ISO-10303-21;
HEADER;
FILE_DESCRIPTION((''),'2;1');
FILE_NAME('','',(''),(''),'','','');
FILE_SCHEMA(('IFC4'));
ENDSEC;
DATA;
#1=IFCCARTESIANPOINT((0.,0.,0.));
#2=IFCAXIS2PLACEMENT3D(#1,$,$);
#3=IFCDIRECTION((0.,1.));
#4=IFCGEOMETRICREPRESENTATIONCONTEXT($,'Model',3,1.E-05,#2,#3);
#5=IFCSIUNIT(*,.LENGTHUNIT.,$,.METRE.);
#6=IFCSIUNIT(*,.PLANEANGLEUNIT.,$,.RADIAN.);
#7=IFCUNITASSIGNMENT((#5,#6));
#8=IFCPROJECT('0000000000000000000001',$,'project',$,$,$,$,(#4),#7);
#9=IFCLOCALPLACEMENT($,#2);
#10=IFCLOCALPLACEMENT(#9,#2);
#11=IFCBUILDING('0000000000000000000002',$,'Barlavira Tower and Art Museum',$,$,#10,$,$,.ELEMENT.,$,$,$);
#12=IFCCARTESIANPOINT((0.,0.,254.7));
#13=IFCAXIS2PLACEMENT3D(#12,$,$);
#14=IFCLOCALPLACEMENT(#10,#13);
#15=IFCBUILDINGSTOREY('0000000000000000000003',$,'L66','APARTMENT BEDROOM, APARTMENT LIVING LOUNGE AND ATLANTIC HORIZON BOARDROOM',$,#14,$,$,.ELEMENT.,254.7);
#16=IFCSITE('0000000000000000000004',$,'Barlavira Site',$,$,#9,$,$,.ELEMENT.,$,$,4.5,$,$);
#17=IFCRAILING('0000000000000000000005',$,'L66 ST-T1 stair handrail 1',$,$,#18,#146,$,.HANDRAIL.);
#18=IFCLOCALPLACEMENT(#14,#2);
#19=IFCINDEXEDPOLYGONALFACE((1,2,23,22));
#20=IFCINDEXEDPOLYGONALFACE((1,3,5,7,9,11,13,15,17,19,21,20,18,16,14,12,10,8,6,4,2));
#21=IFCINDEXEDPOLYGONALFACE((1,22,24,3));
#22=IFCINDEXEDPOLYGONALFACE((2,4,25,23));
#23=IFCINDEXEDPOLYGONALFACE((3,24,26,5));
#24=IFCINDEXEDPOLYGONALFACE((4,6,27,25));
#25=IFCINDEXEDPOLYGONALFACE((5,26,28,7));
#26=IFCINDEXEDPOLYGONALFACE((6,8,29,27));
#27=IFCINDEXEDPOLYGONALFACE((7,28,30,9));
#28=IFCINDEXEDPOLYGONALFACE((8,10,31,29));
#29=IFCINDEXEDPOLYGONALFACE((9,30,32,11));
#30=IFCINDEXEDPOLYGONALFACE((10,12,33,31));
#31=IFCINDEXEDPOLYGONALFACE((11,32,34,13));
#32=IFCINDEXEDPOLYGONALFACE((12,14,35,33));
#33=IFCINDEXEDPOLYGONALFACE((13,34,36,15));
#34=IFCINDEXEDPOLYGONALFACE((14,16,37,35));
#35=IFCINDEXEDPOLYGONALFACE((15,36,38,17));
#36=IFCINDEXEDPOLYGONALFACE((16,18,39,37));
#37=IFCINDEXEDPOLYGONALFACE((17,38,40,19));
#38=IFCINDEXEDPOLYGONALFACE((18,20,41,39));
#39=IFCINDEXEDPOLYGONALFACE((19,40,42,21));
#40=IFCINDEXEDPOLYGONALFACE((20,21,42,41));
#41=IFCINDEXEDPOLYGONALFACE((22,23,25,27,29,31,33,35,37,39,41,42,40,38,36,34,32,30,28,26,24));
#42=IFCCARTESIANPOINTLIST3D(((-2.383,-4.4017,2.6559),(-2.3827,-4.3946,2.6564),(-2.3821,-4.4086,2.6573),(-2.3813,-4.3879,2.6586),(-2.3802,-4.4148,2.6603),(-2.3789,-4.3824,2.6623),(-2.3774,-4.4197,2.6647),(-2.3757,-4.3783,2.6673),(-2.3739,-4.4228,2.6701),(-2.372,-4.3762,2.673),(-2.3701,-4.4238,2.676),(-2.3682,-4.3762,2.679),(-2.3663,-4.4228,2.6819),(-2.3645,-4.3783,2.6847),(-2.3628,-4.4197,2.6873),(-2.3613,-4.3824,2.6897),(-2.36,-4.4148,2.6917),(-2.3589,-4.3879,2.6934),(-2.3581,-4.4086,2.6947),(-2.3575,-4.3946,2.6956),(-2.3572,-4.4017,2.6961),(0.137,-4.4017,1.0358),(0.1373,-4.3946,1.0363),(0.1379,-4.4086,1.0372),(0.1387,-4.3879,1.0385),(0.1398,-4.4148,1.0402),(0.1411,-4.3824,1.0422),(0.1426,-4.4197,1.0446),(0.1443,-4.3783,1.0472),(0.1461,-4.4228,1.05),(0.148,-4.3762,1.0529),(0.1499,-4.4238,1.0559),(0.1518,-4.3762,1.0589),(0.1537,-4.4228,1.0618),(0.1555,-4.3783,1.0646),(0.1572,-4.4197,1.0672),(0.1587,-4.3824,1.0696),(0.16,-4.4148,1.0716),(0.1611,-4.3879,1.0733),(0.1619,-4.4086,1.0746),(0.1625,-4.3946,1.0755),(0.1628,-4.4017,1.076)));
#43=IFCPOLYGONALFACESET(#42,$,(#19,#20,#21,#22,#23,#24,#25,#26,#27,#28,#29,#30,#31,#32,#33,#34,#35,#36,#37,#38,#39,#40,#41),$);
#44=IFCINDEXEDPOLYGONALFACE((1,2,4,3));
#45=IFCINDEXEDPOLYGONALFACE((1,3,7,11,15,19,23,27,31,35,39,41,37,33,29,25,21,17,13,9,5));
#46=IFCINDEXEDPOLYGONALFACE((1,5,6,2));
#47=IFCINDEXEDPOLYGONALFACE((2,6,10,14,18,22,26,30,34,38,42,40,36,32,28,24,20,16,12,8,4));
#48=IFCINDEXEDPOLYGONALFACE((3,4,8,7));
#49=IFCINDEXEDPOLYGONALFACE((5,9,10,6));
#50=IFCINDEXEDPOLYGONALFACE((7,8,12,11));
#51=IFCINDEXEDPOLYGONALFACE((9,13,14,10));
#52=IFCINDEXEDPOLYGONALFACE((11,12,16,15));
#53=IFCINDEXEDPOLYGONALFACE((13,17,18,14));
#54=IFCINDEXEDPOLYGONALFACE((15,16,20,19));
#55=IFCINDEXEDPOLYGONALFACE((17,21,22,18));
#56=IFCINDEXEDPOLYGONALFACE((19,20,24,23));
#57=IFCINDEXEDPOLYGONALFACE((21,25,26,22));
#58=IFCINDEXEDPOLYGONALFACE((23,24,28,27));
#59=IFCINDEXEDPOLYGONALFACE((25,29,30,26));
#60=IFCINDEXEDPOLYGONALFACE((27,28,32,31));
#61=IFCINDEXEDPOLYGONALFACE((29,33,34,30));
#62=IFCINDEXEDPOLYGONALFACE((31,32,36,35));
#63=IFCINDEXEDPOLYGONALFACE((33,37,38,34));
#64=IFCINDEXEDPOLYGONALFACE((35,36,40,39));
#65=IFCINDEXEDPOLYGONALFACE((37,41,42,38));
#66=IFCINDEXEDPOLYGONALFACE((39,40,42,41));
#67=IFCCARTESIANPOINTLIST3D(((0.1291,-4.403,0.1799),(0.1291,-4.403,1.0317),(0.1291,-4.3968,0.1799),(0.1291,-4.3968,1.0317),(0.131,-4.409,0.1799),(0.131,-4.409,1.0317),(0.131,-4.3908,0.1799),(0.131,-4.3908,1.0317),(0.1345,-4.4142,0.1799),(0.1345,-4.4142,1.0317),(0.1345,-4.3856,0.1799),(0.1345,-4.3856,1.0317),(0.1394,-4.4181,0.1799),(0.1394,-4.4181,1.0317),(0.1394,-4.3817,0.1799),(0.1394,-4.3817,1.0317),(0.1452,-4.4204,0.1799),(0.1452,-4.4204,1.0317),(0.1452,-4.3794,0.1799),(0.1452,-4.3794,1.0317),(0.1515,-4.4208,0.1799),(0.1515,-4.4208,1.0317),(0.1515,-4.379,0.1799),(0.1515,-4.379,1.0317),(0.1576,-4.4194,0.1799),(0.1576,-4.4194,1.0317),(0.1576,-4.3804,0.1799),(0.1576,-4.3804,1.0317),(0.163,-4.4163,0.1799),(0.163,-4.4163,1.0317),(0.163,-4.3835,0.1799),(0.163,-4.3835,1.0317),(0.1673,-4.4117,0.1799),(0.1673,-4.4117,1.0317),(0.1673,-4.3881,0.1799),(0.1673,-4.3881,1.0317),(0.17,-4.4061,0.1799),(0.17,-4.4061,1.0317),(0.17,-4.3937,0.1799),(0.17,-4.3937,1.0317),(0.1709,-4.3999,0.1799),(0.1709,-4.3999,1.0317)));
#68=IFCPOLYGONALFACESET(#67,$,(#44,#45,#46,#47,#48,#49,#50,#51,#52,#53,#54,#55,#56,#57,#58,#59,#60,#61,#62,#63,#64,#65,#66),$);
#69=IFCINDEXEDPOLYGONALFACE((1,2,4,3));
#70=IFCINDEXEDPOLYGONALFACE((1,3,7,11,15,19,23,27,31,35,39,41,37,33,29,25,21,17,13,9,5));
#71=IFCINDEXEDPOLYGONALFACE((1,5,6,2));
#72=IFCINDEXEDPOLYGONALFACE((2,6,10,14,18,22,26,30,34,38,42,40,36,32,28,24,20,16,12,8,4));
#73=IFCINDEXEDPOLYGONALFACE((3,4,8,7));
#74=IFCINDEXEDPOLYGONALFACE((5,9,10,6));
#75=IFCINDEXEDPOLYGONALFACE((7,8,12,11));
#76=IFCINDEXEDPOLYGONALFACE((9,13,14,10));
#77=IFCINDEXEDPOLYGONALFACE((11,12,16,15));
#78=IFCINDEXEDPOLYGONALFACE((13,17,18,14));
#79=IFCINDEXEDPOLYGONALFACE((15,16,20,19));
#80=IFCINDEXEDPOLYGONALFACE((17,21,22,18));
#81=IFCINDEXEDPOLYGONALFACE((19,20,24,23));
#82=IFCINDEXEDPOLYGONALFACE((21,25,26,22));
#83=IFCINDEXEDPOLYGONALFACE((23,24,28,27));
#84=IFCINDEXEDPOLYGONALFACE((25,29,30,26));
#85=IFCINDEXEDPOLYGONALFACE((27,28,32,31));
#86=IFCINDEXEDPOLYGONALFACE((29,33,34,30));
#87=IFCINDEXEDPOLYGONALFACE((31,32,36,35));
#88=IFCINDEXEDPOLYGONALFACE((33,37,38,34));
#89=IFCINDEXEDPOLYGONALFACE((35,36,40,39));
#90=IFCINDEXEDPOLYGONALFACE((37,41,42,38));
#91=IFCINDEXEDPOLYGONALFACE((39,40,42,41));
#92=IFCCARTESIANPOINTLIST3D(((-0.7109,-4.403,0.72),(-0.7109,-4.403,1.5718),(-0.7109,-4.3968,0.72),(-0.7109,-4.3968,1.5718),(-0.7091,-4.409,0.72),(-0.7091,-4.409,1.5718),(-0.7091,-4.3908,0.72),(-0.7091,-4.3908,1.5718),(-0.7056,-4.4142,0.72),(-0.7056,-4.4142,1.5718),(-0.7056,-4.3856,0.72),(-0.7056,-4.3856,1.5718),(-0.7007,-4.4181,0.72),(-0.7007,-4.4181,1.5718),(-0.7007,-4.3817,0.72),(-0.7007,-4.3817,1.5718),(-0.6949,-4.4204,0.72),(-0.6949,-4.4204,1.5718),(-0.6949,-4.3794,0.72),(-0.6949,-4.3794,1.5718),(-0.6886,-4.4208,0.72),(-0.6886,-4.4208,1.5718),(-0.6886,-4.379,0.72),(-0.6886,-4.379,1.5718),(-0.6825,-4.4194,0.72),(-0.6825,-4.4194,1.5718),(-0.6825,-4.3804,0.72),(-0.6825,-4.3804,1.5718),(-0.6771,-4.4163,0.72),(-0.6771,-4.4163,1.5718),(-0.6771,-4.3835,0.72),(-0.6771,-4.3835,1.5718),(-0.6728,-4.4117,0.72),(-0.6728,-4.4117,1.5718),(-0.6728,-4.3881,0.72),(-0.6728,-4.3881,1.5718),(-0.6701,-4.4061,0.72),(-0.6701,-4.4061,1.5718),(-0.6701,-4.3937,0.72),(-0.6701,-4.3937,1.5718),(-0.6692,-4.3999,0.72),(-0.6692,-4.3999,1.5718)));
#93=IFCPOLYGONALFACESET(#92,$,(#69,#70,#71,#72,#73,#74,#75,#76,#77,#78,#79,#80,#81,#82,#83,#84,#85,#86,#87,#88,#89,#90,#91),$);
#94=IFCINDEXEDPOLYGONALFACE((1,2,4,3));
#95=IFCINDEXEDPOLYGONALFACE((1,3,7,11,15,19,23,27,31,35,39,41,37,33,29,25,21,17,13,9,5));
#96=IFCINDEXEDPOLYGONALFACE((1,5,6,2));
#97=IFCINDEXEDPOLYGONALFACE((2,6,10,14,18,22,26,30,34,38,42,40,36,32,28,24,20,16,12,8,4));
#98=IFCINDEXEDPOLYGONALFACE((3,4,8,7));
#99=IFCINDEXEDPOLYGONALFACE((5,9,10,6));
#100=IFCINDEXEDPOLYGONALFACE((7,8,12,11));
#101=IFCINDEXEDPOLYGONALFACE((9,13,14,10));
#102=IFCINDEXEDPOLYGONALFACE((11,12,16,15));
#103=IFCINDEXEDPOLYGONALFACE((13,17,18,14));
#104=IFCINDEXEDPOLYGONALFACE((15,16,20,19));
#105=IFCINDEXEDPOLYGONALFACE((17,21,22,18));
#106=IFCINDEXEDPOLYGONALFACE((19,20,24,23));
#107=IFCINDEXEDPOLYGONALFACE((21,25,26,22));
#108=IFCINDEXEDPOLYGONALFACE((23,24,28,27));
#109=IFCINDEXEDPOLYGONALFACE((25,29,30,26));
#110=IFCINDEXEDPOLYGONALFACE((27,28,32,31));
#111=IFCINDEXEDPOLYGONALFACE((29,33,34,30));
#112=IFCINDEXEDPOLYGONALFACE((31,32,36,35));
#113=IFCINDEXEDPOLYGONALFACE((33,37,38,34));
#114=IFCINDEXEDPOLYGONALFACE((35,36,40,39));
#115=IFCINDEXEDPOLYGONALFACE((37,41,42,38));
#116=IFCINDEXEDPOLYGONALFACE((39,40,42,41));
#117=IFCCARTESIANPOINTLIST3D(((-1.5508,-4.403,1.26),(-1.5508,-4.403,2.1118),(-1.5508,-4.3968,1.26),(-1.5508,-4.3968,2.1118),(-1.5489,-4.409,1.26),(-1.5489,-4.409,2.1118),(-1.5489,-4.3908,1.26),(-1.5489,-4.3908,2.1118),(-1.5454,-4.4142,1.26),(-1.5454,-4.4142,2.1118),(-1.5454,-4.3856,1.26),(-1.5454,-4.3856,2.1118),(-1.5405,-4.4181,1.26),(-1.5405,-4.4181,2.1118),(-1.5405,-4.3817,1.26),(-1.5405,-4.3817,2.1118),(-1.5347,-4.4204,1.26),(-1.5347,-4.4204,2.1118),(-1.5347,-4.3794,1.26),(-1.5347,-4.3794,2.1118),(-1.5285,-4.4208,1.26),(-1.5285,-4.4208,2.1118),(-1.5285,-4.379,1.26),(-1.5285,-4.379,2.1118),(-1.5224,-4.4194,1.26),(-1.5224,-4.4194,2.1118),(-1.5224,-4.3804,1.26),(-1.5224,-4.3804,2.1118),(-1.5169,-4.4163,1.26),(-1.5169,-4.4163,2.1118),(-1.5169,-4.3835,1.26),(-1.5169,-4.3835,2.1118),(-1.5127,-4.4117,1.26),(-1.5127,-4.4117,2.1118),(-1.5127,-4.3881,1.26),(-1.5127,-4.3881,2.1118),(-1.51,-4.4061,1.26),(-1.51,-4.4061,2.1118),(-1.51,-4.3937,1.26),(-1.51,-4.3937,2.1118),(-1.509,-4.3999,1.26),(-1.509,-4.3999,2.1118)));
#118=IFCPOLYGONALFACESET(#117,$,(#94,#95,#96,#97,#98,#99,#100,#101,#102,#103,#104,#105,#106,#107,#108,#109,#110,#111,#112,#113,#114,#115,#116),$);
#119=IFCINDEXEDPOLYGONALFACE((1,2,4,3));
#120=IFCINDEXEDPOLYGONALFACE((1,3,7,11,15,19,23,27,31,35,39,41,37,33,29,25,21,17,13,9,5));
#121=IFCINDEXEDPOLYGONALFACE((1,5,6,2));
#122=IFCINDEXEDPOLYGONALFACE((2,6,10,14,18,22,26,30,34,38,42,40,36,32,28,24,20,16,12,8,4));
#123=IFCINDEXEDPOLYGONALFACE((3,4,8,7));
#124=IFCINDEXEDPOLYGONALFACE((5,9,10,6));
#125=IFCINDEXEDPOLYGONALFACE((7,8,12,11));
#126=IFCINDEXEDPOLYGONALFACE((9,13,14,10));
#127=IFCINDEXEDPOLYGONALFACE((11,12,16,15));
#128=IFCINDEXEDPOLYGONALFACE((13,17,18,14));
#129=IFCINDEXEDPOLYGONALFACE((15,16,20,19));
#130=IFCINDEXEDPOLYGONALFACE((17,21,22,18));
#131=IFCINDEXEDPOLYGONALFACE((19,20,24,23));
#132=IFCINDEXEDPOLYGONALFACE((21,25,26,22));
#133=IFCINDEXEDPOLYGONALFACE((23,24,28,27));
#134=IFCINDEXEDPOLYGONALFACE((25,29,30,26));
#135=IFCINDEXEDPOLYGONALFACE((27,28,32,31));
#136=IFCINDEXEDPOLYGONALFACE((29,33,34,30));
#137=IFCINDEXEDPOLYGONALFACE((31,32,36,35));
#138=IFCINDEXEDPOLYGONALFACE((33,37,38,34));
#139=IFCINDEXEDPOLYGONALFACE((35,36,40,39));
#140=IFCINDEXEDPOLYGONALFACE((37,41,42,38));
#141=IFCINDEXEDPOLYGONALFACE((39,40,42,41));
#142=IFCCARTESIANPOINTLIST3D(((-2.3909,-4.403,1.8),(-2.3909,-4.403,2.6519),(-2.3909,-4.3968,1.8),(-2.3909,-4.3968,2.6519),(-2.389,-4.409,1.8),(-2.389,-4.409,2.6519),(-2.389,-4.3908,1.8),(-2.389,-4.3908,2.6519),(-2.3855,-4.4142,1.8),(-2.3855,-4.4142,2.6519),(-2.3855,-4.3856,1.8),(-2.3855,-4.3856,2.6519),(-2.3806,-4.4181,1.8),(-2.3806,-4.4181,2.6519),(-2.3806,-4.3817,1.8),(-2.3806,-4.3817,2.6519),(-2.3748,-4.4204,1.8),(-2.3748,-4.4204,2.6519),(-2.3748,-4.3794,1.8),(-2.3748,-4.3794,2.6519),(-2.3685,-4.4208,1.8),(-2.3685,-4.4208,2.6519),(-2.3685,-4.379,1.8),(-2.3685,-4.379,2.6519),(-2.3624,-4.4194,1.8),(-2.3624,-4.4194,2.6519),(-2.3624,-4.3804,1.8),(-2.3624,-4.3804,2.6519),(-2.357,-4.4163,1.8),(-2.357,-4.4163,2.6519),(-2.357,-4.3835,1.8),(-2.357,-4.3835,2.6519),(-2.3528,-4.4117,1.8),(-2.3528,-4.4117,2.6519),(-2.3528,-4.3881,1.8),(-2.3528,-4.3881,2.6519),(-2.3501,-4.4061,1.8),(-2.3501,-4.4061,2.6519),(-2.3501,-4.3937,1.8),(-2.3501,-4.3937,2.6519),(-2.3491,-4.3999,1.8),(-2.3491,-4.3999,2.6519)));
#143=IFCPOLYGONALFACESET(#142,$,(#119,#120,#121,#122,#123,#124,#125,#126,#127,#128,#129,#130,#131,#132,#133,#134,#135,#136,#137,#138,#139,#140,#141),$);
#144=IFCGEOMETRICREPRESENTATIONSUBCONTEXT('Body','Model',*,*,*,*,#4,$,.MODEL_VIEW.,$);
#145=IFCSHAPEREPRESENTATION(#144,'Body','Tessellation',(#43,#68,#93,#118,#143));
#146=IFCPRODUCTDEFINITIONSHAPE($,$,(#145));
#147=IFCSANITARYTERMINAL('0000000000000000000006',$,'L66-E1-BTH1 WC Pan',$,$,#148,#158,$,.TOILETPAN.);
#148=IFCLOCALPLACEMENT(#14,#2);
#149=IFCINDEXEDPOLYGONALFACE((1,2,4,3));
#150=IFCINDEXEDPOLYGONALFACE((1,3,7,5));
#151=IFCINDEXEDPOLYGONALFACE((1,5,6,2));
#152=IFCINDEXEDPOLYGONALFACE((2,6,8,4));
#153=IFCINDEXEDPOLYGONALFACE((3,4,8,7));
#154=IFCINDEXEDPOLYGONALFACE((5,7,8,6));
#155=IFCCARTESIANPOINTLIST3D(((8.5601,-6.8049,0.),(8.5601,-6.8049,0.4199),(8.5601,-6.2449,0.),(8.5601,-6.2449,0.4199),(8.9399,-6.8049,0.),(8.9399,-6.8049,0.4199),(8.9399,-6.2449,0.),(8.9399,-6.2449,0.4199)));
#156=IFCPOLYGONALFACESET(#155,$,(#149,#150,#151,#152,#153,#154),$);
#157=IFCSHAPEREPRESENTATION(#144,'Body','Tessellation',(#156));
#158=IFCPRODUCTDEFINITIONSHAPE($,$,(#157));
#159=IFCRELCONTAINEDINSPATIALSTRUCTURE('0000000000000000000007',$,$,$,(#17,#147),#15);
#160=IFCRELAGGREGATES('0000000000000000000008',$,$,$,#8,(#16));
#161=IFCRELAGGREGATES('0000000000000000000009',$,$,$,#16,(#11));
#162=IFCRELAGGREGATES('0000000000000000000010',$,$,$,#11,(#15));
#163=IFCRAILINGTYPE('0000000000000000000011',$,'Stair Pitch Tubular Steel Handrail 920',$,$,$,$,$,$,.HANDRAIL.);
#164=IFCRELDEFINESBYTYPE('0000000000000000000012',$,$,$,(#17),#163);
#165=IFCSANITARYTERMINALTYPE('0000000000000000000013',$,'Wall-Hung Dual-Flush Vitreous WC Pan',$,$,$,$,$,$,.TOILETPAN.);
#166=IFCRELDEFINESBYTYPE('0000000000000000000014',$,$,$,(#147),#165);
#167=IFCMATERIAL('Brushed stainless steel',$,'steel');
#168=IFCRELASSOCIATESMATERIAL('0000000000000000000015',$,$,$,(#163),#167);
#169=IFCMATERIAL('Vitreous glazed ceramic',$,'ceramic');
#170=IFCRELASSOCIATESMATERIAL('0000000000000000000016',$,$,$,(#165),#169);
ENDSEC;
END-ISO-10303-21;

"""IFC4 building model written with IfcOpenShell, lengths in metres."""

from ifc_helpers import new_model, si_unit, direction, frame, origin, origin_2d, place, context, subcontext, project, spatial, rectangle, circle, extrude, material, type_object, element, save


model = new_model("IFC4")

# Units and contexts
model_context = context("Model", 3, precision=1e-05, world=origin(), true_north=direction((0.0, 1.0)))
body_context = subcontext(model_context, "Body", "Model", "MODEL_VIEW")
ifc_project = project(units=[si_unit("LENGTHUNIT", "METRE"), si_unit("PLANEANGLEUNIT", "RADIAN")], contexts=[model_context])

# Site, building, storey
site_placement = place(None, origin())
site = spatial("IfcSite", under=ifc_project, at=site_placement, Name="Barlavira Site", CompositionType="ELEMENT", RefElevation=4.5)
building_placement = place(site_placement, origin())
building = spatial("IfcBuilding", under=site, at=building_placement, Name="Barlavira Tower and Art Museum", CompositionType="ELEMENT")
storey_placement = place(building_placement, frame((0.0, 0.0, 254.7)))
storey = spatial("IfcBuildingStorey", under=building, at=storey_placement, Name="L66", Description="APARTMENT BEDROOM, APARTMENT LIVING LOUNGE AND ATLANTIC HORIZON BOARDROOM", CompositionType="ELEMENT", Elevation=254.7)

# Shared definitions
ifc_material_1 = material(Name="Brushed stainless steel", Category="steel")

# Railing
railing_type_1 = type_object("IfcRailingType", Name="Stair Pitch Tubular Steel Handrail 920", PredefinedType="HANDRAIL", material=ifc_material_1)
railing_1_placement = place(storey_placement, frame((0.1499, -4.3999, 0.1799)))
element("IfcRailing", 1, at=railing_1_placement, inside=storey, type_object=railing_type_1, Name="L66 ST-T1 stair handrail 1", PredefinedType="HANDRAIL", context=body_context, shape_type="SweptSolid", body=[
    extrude(circle(Radius=0.0239, at=origin_2d()), frame((0.0, 0.0, 0.876), z_axis=(-0.841163, 0.0, 0.540782), x_axis=(0.0, -1.0, 0.0)), (0.0, 0.0, 1.0), 2.9958),
    extrude(circle(Radius=0.021, at=origin_2d()), origin(), (0.0, 0.0, 1.0), 0.8518),
    extrude(circle(Radius=0.021, at=origin_2d()), frame((-0.8401, 0.0, 0.54)), (0.0, 0.0, 1.0), 0.8518),
    extrude(circle(Radius=0.021, at=origin_2d()), frame((-1.6799, 0.0, 1.0801)), (0.0, 0.0, 1.0), 0.8518),
    extrude(circle(Radius=0.021, at=origin_2d()), frame((-2.52, 0.0, 1.6201)), (0.0, 0.0, 1.0), 0.8518),
])

# Sanitary terminal
ifc_material_2 = material(Name="Vitreous glazed ceramic", Category="ceramic")
sanitary_terminal_type = type_object("IfcSanitaryTerminalType", Name="Wall-Hung Dual-Flush Vitreous WC Pan", PredefinedType="TOILETPAN", material=ifc_material_2)
sanitary_terminal_placement = place(storey_placement, frame((8.75, -6.5249, 0.0), z_axis=(0.0, 0.0, 1.0), x_axis=(1.0, 0.0, 0.0)))
element("IfcSanitaryTerminal", 2, at=sanitary_terminal_placement, inside=storey, type_object=sanitary_terminal_type, Name="L66-E1-BTH1 WC Pan", PredefinedType="TOILETPAN", context=body_context, shape_type="SweptSolid", body=[
    extrude(rectangle(XDim=0.3799, YDim=0.5601, at=origin_2d()), origin(), (0.0, 0.0, 1.0), 0.4199),
])

save(model, "model.ifc")
